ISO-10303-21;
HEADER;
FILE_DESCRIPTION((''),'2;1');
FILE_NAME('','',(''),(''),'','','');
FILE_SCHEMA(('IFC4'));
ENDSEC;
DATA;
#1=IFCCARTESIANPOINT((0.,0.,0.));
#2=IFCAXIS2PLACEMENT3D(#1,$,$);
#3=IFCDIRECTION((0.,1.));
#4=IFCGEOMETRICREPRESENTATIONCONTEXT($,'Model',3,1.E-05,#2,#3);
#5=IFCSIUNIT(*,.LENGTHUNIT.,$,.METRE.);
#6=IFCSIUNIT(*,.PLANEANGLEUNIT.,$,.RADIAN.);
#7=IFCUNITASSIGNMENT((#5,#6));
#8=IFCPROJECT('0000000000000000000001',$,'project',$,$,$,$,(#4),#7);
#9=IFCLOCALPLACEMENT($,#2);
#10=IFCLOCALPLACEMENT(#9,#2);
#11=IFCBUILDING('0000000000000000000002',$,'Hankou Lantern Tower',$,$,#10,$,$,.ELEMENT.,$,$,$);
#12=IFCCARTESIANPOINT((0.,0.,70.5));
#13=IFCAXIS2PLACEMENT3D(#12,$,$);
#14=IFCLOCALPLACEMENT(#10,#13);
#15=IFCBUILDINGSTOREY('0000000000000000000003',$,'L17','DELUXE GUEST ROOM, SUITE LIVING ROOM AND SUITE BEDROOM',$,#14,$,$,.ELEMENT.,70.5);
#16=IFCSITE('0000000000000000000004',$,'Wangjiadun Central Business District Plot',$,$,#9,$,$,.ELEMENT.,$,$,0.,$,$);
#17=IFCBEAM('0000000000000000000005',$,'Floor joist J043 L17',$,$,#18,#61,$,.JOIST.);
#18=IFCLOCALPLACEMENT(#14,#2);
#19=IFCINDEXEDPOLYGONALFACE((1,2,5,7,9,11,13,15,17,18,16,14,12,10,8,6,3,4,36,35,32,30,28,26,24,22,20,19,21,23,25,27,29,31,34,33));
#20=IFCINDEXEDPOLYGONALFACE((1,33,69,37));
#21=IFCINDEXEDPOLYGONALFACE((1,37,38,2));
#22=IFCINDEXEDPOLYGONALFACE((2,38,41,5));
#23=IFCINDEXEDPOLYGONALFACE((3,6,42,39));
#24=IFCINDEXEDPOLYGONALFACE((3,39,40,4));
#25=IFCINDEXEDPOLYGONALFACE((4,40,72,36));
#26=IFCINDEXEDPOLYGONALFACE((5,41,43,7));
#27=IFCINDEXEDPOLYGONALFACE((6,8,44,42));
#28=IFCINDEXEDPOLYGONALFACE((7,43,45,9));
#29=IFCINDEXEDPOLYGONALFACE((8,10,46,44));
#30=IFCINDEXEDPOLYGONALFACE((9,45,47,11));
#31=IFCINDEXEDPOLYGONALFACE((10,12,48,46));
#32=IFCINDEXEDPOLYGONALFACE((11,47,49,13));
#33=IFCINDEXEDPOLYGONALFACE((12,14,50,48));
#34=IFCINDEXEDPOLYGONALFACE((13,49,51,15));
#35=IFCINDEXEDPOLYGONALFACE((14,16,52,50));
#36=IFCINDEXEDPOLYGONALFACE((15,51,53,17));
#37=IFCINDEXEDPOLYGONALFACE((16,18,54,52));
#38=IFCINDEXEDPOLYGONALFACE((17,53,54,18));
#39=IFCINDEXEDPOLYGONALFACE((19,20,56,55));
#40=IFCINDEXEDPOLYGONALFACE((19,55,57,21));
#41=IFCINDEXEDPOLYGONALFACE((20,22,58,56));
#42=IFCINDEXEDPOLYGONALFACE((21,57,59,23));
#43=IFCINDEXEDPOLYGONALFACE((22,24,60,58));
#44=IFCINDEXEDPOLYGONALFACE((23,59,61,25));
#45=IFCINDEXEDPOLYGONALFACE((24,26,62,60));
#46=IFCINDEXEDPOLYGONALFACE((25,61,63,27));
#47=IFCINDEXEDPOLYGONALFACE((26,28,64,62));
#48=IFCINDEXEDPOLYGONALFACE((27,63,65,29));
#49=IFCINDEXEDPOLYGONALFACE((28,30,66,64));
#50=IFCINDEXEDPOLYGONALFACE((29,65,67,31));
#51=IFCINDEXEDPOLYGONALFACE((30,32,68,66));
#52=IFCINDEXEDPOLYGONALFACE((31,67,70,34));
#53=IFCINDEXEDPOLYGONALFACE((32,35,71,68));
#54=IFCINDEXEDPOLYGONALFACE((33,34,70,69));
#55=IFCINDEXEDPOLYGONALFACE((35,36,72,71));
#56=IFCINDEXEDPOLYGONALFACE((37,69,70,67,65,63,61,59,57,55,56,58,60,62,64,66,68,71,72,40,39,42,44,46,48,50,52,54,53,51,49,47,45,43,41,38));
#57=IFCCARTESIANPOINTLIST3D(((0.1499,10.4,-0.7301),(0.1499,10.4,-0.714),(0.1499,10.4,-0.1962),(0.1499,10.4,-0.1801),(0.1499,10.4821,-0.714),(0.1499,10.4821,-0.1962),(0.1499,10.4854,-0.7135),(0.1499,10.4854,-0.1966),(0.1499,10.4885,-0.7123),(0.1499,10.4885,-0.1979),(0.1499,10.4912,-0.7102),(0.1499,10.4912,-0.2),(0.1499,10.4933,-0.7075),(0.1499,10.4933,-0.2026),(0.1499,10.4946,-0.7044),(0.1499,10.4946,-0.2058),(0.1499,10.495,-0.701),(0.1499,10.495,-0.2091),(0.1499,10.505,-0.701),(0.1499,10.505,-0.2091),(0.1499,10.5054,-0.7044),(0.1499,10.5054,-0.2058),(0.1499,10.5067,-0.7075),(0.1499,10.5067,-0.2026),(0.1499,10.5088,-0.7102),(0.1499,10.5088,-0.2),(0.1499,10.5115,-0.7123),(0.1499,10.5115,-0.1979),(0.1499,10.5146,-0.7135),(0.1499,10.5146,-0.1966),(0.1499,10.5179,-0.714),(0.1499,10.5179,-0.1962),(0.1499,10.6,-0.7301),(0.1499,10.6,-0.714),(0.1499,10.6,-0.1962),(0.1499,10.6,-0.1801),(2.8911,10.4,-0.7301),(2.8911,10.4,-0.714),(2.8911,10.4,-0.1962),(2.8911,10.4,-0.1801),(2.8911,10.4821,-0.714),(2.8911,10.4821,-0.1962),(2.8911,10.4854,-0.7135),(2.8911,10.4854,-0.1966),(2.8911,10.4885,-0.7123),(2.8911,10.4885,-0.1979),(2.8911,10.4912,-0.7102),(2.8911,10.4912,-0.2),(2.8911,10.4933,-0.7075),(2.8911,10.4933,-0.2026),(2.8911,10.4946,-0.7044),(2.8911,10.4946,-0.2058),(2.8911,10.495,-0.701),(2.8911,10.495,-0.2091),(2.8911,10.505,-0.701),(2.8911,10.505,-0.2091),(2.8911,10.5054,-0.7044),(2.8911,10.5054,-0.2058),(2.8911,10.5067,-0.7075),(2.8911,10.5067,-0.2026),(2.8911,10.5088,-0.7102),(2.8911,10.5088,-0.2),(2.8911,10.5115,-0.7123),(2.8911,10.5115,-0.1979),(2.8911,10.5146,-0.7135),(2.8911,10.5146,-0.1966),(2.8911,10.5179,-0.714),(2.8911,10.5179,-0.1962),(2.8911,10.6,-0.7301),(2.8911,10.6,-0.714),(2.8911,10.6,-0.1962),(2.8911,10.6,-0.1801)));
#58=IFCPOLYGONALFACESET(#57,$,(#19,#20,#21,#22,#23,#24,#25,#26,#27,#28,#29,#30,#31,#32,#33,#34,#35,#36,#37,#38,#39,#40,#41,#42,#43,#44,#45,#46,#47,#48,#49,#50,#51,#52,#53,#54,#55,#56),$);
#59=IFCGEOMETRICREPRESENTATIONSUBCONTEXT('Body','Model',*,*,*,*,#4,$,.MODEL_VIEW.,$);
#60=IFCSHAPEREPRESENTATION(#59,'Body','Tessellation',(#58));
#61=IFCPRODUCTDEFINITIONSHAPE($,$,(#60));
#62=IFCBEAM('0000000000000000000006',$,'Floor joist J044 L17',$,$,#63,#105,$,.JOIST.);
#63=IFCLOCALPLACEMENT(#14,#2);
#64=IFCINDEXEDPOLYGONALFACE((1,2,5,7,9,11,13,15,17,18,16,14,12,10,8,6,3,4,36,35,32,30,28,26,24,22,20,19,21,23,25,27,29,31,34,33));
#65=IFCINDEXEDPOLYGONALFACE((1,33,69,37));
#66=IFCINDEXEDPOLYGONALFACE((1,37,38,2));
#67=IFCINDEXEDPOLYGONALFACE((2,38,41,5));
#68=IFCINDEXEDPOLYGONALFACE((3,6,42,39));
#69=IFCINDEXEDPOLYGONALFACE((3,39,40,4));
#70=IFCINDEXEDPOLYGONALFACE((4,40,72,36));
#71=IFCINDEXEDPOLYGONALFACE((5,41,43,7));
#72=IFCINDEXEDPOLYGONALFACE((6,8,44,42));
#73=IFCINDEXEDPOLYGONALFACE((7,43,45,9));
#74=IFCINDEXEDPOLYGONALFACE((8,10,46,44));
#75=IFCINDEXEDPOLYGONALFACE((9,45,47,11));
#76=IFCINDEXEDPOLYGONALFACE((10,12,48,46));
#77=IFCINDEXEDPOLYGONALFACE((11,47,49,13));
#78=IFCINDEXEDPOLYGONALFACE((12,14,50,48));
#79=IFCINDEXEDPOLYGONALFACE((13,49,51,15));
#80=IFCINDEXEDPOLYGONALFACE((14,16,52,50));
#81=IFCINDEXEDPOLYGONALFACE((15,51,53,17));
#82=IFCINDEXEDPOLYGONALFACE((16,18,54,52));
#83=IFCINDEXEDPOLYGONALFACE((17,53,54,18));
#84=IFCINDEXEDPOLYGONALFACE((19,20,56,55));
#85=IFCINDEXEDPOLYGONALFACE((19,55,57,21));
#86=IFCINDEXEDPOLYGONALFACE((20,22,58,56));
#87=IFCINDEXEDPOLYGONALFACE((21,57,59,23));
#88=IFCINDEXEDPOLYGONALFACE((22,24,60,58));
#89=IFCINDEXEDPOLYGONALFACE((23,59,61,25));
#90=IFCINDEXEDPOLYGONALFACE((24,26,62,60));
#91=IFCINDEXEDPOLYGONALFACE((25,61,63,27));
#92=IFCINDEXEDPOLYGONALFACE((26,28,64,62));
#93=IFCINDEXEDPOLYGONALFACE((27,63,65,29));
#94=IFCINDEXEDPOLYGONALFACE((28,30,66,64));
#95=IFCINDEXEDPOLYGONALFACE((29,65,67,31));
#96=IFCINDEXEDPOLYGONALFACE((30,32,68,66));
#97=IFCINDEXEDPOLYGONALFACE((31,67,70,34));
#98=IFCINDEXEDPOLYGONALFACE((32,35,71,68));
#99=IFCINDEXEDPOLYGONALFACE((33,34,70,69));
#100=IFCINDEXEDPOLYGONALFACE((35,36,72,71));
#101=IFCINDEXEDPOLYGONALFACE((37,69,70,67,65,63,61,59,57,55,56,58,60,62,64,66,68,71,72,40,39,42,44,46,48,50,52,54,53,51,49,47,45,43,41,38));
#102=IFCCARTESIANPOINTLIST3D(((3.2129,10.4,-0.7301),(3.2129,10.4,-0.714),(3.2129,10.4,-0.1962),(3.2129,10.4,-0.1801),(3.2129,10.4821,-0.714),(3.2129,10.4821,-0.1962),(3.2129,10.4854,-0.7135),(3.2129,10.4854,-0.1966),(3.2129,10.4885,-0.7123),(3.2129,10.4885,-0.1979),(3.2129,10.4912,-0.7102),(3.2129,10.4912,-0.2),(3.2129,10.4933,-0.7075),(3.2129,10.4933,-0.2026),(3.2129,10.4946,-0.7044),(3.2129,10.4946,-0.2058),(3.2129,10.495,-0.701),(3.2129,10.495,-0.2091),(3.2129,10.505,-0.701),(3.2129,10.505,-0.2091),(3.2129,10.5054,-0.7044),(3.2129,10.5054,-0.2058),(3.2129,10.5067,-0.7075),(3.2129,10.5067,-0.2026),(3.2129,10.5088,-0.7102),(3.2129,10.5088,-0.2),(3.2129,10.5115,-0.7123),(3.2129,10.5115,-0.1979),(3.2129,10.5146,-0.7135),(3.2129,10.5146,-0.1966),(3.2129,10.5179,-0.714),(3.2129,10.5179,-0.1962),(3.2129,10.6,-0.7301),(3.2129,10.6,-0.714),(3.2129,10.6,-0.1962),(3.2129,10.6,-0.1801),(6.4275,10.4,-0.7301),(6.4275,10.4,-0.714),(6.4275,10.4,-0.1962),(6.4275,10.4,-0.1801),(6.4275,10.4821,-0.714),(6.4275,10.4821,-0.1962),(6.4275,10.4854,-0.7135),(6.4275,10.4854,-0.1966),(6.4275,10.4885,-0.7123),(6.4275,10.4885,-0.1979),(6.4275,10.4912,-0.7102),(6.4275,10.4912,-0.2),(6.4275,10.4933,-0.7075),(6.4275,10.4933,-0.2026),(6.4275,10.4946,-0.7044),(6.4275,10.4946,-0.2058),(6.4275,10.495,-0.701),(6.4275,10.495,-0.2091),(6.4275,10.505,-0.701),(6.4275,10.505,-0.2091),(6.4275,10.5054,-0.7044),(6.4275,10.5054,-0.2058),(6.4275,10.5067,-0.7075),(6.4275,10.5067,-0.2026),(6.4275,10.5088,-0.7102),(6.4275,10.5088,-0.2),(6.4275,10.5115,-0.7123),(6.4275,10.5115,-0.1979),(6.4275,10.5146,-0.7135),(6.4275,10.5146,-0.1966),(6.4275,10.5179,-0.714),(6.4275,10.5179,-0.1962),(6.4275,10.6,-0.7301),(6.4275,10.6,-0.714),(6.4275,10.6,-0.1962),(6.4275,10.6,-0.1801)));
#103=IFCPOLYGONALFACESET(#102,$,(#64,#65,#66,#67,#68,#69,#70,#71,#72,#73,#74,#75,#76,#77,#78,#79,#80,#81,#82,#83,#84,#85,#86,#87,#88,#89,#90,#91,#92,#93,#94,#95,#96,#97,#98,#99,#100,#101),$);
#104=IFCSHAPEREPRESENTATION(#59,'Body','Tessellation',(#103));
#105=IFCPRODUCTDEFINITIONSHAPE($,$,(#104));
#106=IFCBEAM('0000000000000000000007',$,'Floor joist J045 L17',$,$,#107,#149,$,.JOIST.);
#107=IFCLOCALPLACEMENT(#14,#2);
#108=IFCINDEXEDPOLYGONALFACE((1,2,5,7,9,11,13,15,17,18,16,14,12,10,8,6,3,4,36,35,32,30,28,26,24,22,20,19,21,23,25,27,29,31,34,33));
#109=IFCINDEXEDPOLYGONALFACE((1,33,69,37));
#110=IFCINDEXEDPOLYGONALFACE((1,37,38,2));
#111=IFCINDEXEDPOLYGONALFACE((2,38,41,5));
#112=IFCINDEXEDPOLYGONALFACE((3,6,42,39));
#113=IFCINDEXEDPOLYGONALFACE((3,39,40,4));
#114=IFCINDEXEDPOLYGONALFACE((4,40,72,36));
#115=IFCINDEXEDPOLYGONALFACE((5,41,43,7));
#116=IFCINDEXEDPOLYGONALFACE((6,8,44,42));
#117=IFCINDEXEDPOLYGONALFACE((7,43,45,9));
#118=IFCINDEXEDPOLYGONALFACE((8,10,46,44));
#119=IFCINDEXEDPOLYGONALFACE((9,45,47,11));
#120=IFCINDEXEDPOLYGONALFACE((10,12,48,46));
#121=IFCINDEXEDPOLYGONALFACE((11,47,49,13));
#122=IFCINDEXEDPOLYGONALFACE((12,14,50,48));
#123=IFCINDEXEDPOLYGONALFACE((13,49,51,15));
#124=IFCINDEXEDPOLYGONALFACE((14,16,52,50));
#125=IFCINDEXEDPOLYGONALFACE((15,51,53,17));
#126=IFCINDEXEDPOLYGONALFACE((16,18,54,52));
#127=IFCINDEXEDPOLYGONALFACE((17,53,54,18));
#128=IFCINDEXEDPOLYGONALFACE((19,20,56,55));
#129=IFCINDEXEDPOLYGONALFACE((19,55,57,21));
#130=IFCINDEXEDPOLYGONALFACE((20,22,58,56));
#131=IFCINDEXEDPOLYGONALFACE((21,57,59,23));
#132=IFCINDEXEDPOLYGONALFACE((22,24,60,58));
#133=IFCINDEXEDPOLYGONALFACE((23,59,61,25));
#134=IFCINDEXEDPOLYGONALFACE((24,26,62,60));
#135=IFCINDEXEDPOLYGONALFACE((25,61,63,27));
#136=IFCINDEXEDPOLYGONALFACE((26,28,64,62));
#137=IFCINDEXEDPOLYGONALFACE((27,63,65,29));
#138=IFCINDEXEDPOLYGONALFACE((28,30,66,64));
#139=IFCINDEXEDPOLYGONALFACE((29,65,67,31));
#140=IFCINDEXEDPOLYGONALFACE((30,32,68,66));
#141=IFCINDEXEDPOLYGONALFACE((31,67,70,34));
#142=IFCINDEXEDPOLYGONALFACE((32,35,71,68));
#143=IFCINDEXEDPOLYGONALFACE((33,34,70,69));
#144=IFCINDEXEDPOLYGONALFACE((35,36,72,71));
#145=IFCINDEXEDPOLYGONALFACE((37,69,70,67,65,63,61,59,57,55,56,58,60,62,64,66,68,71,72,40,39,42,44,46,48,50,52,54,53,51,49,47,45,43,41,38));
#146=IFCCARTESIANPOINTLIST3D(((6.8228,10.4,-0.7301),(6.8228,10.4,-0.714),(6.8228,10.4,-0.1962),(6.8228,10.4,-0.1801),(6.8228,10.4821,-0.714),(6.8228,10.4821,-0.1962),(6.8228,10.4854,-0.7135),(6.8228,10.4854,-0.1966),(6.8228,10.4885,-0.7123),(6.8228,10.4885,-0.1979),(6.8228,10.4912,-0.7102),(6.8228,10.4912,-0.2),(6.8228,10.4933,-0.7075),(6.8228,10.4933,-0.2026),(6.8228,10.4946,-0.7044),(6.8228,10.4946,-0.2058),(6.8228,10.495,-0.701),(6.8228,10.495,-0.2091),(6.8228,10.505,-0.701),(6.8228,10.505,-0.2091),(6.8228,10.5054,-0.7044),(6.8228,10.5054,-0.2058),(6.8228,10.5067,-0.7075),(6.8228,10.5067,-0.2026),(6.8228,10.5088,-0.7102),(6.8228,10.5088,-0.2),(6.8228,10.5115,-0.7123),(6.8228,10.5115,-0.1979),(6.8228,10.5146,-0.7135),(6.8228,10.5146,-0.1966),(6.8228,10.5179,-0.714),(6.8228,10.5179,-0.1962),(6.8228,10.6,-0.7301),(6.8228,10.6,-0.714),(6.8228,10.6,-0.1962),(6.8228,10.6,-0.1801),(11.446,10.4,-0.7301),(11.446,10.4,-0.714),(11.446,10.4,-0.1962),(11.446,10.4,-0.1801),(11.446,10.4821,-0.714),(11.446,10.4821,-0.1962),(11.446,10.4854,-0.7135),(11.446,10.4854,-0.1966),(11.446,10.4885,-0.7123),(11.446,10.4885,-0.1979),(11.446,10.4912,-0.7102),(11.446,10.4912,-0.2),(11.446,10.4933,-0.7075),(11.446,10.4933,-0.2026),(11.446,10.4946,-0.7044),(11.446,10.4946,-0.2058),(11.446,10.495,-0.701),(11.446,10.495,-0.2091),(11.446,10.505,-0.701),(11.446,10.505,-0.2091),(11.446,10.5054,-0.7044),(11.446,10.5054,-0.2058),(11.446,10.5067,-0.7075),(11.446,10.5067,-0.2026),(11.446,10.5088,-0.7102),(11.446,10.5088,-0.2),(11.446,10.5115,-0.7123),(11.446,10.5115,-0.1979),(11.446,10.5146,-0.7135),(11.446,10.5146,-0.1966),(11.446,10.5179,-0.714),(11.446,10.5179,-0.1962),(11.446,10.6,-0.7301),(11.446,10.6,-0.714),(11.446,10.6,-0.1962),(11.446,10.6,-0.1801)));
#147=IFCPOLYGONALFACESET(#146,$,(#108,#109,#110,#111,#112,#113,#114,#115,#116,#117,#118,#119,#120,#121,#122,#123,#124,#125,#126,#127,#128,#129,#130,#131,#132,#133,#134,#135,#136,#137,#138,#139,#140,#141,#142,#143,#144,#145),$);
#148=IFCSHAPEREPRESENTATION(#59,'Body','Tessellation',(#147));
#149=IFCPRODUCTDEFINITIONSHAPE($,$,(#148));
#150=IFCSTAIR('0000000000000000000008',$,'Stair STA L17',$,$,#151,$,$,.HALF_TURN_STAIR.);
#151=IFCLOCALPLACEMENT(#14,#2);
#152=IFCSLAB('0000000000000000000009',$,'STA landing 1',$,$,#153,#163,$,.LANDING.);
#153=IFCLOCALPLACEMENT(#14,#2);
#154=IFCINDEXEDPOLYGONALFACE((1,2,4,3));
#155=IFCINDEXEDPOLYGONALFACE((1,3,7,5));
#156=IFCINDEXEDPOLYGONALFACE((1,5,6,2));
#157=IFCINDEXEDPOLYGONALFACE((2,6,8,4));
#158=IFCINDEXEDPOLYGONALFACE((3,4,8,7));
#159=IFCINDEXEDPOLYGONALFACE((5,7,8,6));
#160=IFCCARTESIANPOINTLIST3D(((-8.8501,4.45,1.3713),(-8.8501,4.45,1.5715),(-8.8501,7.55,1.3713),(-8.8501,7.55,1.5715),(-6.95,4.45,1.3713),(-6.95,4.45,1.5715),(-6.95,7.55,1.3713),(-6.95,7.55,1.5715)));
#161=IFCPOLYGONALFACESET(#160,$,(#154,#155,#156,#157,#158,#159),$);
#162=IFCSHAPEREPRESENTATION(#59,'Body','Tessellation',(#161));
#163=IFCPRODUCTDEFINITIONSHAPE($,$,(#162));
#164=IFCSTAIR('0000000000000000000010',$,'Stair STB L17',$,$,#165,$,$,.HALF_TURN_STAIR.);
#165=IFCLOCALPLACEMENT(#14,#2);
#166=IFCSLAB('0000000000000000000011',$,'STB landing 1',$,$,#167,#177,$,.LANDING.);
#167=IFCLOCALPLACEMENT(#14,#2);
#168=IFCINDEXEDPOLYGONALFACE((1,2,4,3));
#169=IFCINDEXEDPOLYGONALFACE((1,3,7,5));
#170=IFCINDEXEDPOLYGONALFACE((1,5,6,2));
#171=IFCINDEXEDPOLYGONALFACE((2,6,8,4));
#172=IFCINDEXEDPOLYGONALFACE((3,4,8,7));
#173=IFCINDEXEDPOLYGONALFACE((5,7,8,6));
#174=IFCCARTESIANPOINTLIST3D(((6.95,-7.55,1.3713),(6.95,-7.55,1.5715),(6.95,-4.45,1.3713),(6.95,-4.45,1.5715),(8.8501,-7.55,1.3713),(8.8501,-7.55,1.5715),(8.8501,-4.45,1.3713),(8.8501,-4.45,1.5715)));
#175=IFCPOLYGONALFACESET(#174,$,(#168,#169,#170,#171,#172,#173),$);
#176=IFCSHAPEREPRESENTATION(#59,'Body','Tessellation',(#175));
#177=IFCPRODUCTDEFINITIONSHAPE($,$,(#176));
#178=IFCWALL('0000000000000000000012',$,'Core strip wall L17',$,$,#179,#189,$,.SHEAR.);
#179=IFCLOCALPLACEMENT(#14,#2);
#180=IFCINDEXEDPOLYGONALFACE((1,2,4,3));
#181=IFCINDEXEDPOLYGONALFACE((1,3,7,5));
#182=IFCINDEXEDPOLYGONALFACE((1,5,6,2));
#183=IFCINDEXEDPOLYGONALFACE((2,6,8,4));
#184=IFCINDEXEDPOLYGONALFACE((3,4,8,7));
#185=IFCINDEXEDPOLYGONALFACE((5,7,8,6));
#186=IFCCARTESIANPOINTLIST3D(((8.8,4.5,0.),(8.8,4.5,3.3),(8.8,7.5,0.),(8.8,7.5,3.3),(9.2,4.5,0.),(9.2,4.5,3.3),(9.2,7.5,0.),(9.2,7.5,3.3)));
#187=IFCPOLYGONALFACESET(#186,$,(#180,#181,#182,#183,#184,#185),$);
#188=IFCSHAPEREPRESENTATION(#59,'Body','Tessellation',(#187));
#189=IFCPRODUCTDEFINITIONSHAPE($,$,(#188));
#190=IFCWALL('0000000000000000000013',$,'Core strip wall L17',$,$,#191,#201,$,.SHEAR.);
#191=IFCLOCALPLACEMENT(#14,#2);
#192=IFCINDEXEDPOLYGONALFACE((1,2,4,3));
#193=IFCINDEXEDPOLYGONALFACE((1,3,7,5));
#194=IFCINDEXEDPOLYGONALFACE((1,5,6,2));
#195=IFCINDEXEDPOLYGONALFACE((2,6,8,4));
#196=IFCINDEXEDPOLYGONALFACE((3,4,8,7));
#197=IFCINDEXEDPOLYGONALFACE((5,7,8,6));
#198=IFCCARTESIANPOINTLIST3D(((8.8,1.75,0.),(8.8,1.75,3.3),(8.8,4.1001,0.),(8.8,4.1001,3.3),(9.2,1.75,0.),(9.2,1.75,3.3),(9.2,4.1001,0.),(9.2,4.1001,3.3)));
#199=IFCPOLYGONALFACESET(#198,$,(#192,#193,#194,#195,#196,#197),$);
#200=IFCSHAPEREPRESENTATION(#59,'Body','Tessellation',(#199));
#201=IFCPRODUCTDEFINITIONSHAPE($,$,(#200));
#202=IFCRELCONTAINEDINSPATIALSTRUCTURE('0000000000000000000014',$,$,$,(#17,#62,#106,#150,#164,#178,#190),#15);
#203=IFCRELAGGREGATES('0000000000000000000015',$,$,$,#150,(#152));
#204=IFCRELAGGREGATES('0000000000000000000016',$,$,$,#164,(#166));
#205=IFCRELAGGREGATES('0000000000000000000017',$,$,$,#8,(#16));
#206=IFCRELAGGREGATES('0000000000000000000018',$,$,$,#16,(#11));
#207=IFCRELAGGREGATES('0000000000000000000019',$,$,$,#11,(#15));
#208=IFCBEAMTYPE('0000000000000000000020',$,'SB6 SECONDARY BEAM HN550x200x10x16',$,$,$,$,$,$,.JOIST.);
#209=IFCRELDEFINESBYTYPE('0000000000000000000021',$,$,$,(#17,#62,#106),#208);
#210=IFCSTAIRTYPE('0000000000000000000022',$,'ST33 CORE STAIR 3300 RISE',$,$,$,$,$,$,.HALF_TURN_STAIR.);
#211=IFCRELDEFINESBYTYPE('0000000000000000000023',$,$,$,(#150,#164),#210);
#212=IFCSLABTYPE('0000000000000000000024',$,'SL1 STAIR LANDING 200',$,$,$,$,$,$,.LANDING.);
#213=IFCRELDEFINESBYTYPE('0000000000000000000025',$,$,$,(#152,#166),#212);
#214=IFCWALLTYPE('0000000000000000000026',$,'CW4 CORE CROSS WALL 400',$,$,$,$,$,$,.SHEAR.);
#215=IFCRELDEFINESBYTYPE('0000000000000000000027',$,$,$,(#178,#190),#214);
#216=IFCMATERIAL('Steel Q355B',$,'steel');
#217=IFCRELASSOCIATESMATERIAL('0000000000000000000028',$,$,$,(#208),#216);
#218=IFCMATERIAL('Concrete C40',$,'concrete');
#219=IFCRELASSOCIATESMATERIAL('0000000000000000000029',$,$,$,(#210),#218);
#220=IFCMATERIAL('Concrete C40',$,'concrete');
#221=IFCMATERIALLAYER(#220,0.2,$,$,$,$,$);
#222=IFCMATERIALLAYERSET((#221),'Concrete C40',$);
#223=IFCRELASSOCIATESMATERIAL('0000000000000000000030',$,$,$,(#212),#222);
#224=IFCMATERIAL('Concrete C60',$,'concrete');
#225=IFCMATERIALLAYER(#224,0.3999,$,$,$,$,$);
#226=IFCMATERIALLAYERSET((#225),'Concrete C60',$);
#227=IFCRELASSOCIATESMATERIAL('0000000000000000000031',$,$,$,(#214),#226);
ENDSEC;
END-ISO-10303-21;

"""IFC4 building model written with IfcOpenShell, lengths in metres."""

from ifc_helpers import new_model, si_unit, direction, frame, frame_2d, origin, origin_2d, place, context, subcontext, project, spatial, polyline, rectangle, i_section, outline, extrude, material, layer, layer_set, material_profile, profile_set, type_object, element, aggregate, save


model = new_model("IFC4")

# Units and contexts
model_context = context("Model", 3, precision=1e-05, world=origin(), true_north=direction((0.0, 1.0)))
body_context = subcontext(model_context, "Body", "Model", "MODEL_VIEW")
ifc_project = project(units=[si_unit("LENGTHUNIT", "METRE"), si_unit("PLANEANGLEUNIT", "RADIAN")], contexts=[model_context])

# Site, building, storey
site_placement = place(None, origin())
site = spatial("IfcSite", under=ifc_project, at=site_placement, Name="Wangjiadun Central Business District Plot", CompositionType="ELEMENT", RefElevation=0.0)
building_placement = place(site_placement, origin())
building = spatial("IfcBuilding", under=site, at=building_placement, Name="Hankou Lantern Tower", CompositionType="ELEMENT")
storey_placement = place(building_placement, frame((0.0, 0.0, 70.5)))
storey = spatial("IfcBuildingStorey", under=building, at=storey_placement, Name="L17", Description="DELUXE GUEST ROOM, SUITE LIVING ROOM AND SUITE BEDROOM", CompositionType="ELEMENT", Elevation=70.5)

# Beams
ifc_material_1 = material(Name="Steel Q355B", Category="steel")
ifc_material_profile_1 = material_profile(ifc_material_1, i_section(OverallWidth=0.2, OverallDepth=0.55, WebThickness=0.01, FlangeThickness=0.0161, FilletRadius=0.0129, at=origin_2d()), Name="HN550x200x10x16")
ifc_profile_set_1 = profile_set([ifc_material_profile_1], Name="Steel Q355B")
beam_type_1 = type_object("IfcBeamType", Name="SB6 SECONDARY BEAM HN550x200x10x16", PredefinedType="JOIST", material=ifc_profile_set_1)
beam_1_placement = place(storey_placement, frame((0.1499, 10.5, -0.4551), z_axis=(1.0, 0.0, 0.0), x_axis=(0.0, 1.0, 0.0)))
element("IfcBeam", 1, at=beam_1_placement, inside=storey, type_object=beam_type_1, Name="Floor joist J043 L17", PredefinedType="JOIST", context=body_context, shape_type="SweptSolid", body=[
    extrude(i_section(OverallWidth=0.2, OverallDepth=0.55, WebThickness=0.01, FlangeThickness=0.0161, FilletRadius=0.0129, at=origin_2d()), origin(), (0.0, 0.0, 1.0), 2.7412),
])
beam_2_placement = place(storey_placement, frame((3.2129, 10.5, -0.4551), z_axis=(1.0, 0.0, 0.0), x_axis=(0.0, 1.0, 0.0)))
element("IfcBeam", 2, at=beam_2_placement, inside=storey, type_object=beam_type_1, Name="Floor joist J044 L17", PredefinedType="JOIST", context=body_context, shape_type="SweptSolid", body=[
    extrude(i_section(OverallWidth=0.2, OverallDepth=0.55, WebThickness=0.01, FlangeThickness=0.0161, FilletRadius=0.0129, at=origin_2d()), origin(), (0.0, 0.0, 1.0), 3.2146),
])
beam_3_placement = place(storey_placement, frame((6.8228, 10.5, -0.4551), z_axis=(1.0, 0.0, 0.0), x_axis=(0.0, 1.0, 0.0)))
element("IfcBeam", 3, at=beam_3_placement, inside=storey, type_object=beam_type_1, Name="Floor joist J045 L17", PredefinedType="JOIST", context=body_context, shape_type="SweptSolid", body=[
    extrude(i_section(OverallWidth=0.2, OverallDepth=0.55, WebThickness=0.01, FlangeThickness=0.0161, FilletRadius=0.0129, at=origin_2d()), origin(), (0.0, 0.0, 1.0), 4.6233),
])

# Stairs, slabs
ifc_material_2 = material(Name="Concrete C40", Category="concrete")
stair_type = type_object("IfcStairType", Name="ST33 CORE STAIR 3300 RISE", PredefinedType="HALF_TURN_STAIR", material=ifc_material_2)
stair_1_placement = place(storey_placement, origin())
stair_1 = element("IfcStair", 4, at=stair_1_placement, inside=storey, type_object=stair_type, Name="Stair STA L17", PredefinedType="HALF_TURN_STAIR")
ifc_material_3 = material(Name="Concrete C40", Category="concrete")
ifc_layer_1 = layer(ifc_material_3, 0.2)
ifc_layer_set_1 = layer_set([ifc_layer_1], Name="Concrete C40")
slab_type_1 = type_object("IfcSlabType", Name="SL1 STAIR LANDING 200", PredefinedType="LANDING", material=ifc_layer_set_1)
slab_1_placement = place(storey_placement, frame((0.0, 0.0, 1.3713)))
slab_1 = element("IfcSlab", 5, at=slab_1_placement, type_object=slab_type_1, Name="STA landing 1", PredefinedType="LANDING", context=body_context, shape_type="SweptSolid", body=[
    extrude(outline(polyline([(-8.8501, 4.45), (-6.95, 4.45), (-6.95, 7.55), (-8.8501, 7.55), (-8.8501, 4.45)])), origin(), (0.0, 0.0, 1.0), 0.2002),
])
aggregate(stair_1, [slab_1])
stair_2_placement = place(storey_placement, origin())
stair_2 = element("IfcStair", 6, at=stair_2_placement, inside=storey, type_object=stair_type, Name="Stair STB L17", PredefinedType="HALF_TURN_STAIR")
slab_2_placement = place(storey_placement, frame((0.0, 0.0, 1.3713)))
slab_2 = element("IfcSlab", 7, at=slab_2_placement, type_object=slab_type_1, Name="STB landing 1", PredefinedType="LANDING", context=body_context, shape_type="SweptSolid", body=[
    extrude(outline(polyline([(8.8501, -4.45), (6.95, -4.45), (6.95, -7.55), (8.8501, -7.55), (8.8501, -4.45)])), origin(), (0.0, 0.0, 1.0), 0.2002),
])
aggregate(stair_2, [slab_2])

# Walls
ifc_material_4 = material(Name="Concrete C60", Category="concrete")
ifc_layer_2 = layer(ifc_material_4, 0.3999)
ifc_layer_set_2 = layer_set([ifc_layer_2], Name="Concrete C60")
wall_type_1 = type_object("IfcWallType", Name="CW4 CORE CROSS WALL 400", PredefinedType="SHEAR", material=ifc_layer_set_2)
wall_1_placement = place(storey_placement, frame((9.0, 4.5, 0.0), z_axis=(0.0, 0.0, 1.0), x_axis=(0.0, 1.0, 0.0)))
element("IfcWall", 8, at=wall_1_placement, inside=storey, type_object=wall_type_1, Name="Core strip wall L17", PredefinedType="SHEAR", context=body_context, shape_type="SweptSolid", body=[
    extrude(rectangle(XDim=3.0, YDim=0.3999, at=frame_2d((1.5, 0.0))), origin(), (0.0, 0.0, 1.0), 3.3),
])
wall_2_placement = place(storey_placement, frame((9.0, 1.75, 0.0), z_axis=(0.0, 0.0, 1.0), x_axis=(0.0, 1.0, 0.0)))
element("IfcWall", 9, at=wall_2_placement, inside=storey, type_object=wall_type_1, Name="Core strip wall L17", PredefinedType="SHEAR", context=body_context, shape_type="SweptSolid", body=[
    extrude(rectangle(XDim=2.3501, YDim=0.3999, at=frame_2d((1.175, 0.0))), origin(), (0.0, 0.0, 1.0), 3.3),
])

save(model, "model.ifc")
